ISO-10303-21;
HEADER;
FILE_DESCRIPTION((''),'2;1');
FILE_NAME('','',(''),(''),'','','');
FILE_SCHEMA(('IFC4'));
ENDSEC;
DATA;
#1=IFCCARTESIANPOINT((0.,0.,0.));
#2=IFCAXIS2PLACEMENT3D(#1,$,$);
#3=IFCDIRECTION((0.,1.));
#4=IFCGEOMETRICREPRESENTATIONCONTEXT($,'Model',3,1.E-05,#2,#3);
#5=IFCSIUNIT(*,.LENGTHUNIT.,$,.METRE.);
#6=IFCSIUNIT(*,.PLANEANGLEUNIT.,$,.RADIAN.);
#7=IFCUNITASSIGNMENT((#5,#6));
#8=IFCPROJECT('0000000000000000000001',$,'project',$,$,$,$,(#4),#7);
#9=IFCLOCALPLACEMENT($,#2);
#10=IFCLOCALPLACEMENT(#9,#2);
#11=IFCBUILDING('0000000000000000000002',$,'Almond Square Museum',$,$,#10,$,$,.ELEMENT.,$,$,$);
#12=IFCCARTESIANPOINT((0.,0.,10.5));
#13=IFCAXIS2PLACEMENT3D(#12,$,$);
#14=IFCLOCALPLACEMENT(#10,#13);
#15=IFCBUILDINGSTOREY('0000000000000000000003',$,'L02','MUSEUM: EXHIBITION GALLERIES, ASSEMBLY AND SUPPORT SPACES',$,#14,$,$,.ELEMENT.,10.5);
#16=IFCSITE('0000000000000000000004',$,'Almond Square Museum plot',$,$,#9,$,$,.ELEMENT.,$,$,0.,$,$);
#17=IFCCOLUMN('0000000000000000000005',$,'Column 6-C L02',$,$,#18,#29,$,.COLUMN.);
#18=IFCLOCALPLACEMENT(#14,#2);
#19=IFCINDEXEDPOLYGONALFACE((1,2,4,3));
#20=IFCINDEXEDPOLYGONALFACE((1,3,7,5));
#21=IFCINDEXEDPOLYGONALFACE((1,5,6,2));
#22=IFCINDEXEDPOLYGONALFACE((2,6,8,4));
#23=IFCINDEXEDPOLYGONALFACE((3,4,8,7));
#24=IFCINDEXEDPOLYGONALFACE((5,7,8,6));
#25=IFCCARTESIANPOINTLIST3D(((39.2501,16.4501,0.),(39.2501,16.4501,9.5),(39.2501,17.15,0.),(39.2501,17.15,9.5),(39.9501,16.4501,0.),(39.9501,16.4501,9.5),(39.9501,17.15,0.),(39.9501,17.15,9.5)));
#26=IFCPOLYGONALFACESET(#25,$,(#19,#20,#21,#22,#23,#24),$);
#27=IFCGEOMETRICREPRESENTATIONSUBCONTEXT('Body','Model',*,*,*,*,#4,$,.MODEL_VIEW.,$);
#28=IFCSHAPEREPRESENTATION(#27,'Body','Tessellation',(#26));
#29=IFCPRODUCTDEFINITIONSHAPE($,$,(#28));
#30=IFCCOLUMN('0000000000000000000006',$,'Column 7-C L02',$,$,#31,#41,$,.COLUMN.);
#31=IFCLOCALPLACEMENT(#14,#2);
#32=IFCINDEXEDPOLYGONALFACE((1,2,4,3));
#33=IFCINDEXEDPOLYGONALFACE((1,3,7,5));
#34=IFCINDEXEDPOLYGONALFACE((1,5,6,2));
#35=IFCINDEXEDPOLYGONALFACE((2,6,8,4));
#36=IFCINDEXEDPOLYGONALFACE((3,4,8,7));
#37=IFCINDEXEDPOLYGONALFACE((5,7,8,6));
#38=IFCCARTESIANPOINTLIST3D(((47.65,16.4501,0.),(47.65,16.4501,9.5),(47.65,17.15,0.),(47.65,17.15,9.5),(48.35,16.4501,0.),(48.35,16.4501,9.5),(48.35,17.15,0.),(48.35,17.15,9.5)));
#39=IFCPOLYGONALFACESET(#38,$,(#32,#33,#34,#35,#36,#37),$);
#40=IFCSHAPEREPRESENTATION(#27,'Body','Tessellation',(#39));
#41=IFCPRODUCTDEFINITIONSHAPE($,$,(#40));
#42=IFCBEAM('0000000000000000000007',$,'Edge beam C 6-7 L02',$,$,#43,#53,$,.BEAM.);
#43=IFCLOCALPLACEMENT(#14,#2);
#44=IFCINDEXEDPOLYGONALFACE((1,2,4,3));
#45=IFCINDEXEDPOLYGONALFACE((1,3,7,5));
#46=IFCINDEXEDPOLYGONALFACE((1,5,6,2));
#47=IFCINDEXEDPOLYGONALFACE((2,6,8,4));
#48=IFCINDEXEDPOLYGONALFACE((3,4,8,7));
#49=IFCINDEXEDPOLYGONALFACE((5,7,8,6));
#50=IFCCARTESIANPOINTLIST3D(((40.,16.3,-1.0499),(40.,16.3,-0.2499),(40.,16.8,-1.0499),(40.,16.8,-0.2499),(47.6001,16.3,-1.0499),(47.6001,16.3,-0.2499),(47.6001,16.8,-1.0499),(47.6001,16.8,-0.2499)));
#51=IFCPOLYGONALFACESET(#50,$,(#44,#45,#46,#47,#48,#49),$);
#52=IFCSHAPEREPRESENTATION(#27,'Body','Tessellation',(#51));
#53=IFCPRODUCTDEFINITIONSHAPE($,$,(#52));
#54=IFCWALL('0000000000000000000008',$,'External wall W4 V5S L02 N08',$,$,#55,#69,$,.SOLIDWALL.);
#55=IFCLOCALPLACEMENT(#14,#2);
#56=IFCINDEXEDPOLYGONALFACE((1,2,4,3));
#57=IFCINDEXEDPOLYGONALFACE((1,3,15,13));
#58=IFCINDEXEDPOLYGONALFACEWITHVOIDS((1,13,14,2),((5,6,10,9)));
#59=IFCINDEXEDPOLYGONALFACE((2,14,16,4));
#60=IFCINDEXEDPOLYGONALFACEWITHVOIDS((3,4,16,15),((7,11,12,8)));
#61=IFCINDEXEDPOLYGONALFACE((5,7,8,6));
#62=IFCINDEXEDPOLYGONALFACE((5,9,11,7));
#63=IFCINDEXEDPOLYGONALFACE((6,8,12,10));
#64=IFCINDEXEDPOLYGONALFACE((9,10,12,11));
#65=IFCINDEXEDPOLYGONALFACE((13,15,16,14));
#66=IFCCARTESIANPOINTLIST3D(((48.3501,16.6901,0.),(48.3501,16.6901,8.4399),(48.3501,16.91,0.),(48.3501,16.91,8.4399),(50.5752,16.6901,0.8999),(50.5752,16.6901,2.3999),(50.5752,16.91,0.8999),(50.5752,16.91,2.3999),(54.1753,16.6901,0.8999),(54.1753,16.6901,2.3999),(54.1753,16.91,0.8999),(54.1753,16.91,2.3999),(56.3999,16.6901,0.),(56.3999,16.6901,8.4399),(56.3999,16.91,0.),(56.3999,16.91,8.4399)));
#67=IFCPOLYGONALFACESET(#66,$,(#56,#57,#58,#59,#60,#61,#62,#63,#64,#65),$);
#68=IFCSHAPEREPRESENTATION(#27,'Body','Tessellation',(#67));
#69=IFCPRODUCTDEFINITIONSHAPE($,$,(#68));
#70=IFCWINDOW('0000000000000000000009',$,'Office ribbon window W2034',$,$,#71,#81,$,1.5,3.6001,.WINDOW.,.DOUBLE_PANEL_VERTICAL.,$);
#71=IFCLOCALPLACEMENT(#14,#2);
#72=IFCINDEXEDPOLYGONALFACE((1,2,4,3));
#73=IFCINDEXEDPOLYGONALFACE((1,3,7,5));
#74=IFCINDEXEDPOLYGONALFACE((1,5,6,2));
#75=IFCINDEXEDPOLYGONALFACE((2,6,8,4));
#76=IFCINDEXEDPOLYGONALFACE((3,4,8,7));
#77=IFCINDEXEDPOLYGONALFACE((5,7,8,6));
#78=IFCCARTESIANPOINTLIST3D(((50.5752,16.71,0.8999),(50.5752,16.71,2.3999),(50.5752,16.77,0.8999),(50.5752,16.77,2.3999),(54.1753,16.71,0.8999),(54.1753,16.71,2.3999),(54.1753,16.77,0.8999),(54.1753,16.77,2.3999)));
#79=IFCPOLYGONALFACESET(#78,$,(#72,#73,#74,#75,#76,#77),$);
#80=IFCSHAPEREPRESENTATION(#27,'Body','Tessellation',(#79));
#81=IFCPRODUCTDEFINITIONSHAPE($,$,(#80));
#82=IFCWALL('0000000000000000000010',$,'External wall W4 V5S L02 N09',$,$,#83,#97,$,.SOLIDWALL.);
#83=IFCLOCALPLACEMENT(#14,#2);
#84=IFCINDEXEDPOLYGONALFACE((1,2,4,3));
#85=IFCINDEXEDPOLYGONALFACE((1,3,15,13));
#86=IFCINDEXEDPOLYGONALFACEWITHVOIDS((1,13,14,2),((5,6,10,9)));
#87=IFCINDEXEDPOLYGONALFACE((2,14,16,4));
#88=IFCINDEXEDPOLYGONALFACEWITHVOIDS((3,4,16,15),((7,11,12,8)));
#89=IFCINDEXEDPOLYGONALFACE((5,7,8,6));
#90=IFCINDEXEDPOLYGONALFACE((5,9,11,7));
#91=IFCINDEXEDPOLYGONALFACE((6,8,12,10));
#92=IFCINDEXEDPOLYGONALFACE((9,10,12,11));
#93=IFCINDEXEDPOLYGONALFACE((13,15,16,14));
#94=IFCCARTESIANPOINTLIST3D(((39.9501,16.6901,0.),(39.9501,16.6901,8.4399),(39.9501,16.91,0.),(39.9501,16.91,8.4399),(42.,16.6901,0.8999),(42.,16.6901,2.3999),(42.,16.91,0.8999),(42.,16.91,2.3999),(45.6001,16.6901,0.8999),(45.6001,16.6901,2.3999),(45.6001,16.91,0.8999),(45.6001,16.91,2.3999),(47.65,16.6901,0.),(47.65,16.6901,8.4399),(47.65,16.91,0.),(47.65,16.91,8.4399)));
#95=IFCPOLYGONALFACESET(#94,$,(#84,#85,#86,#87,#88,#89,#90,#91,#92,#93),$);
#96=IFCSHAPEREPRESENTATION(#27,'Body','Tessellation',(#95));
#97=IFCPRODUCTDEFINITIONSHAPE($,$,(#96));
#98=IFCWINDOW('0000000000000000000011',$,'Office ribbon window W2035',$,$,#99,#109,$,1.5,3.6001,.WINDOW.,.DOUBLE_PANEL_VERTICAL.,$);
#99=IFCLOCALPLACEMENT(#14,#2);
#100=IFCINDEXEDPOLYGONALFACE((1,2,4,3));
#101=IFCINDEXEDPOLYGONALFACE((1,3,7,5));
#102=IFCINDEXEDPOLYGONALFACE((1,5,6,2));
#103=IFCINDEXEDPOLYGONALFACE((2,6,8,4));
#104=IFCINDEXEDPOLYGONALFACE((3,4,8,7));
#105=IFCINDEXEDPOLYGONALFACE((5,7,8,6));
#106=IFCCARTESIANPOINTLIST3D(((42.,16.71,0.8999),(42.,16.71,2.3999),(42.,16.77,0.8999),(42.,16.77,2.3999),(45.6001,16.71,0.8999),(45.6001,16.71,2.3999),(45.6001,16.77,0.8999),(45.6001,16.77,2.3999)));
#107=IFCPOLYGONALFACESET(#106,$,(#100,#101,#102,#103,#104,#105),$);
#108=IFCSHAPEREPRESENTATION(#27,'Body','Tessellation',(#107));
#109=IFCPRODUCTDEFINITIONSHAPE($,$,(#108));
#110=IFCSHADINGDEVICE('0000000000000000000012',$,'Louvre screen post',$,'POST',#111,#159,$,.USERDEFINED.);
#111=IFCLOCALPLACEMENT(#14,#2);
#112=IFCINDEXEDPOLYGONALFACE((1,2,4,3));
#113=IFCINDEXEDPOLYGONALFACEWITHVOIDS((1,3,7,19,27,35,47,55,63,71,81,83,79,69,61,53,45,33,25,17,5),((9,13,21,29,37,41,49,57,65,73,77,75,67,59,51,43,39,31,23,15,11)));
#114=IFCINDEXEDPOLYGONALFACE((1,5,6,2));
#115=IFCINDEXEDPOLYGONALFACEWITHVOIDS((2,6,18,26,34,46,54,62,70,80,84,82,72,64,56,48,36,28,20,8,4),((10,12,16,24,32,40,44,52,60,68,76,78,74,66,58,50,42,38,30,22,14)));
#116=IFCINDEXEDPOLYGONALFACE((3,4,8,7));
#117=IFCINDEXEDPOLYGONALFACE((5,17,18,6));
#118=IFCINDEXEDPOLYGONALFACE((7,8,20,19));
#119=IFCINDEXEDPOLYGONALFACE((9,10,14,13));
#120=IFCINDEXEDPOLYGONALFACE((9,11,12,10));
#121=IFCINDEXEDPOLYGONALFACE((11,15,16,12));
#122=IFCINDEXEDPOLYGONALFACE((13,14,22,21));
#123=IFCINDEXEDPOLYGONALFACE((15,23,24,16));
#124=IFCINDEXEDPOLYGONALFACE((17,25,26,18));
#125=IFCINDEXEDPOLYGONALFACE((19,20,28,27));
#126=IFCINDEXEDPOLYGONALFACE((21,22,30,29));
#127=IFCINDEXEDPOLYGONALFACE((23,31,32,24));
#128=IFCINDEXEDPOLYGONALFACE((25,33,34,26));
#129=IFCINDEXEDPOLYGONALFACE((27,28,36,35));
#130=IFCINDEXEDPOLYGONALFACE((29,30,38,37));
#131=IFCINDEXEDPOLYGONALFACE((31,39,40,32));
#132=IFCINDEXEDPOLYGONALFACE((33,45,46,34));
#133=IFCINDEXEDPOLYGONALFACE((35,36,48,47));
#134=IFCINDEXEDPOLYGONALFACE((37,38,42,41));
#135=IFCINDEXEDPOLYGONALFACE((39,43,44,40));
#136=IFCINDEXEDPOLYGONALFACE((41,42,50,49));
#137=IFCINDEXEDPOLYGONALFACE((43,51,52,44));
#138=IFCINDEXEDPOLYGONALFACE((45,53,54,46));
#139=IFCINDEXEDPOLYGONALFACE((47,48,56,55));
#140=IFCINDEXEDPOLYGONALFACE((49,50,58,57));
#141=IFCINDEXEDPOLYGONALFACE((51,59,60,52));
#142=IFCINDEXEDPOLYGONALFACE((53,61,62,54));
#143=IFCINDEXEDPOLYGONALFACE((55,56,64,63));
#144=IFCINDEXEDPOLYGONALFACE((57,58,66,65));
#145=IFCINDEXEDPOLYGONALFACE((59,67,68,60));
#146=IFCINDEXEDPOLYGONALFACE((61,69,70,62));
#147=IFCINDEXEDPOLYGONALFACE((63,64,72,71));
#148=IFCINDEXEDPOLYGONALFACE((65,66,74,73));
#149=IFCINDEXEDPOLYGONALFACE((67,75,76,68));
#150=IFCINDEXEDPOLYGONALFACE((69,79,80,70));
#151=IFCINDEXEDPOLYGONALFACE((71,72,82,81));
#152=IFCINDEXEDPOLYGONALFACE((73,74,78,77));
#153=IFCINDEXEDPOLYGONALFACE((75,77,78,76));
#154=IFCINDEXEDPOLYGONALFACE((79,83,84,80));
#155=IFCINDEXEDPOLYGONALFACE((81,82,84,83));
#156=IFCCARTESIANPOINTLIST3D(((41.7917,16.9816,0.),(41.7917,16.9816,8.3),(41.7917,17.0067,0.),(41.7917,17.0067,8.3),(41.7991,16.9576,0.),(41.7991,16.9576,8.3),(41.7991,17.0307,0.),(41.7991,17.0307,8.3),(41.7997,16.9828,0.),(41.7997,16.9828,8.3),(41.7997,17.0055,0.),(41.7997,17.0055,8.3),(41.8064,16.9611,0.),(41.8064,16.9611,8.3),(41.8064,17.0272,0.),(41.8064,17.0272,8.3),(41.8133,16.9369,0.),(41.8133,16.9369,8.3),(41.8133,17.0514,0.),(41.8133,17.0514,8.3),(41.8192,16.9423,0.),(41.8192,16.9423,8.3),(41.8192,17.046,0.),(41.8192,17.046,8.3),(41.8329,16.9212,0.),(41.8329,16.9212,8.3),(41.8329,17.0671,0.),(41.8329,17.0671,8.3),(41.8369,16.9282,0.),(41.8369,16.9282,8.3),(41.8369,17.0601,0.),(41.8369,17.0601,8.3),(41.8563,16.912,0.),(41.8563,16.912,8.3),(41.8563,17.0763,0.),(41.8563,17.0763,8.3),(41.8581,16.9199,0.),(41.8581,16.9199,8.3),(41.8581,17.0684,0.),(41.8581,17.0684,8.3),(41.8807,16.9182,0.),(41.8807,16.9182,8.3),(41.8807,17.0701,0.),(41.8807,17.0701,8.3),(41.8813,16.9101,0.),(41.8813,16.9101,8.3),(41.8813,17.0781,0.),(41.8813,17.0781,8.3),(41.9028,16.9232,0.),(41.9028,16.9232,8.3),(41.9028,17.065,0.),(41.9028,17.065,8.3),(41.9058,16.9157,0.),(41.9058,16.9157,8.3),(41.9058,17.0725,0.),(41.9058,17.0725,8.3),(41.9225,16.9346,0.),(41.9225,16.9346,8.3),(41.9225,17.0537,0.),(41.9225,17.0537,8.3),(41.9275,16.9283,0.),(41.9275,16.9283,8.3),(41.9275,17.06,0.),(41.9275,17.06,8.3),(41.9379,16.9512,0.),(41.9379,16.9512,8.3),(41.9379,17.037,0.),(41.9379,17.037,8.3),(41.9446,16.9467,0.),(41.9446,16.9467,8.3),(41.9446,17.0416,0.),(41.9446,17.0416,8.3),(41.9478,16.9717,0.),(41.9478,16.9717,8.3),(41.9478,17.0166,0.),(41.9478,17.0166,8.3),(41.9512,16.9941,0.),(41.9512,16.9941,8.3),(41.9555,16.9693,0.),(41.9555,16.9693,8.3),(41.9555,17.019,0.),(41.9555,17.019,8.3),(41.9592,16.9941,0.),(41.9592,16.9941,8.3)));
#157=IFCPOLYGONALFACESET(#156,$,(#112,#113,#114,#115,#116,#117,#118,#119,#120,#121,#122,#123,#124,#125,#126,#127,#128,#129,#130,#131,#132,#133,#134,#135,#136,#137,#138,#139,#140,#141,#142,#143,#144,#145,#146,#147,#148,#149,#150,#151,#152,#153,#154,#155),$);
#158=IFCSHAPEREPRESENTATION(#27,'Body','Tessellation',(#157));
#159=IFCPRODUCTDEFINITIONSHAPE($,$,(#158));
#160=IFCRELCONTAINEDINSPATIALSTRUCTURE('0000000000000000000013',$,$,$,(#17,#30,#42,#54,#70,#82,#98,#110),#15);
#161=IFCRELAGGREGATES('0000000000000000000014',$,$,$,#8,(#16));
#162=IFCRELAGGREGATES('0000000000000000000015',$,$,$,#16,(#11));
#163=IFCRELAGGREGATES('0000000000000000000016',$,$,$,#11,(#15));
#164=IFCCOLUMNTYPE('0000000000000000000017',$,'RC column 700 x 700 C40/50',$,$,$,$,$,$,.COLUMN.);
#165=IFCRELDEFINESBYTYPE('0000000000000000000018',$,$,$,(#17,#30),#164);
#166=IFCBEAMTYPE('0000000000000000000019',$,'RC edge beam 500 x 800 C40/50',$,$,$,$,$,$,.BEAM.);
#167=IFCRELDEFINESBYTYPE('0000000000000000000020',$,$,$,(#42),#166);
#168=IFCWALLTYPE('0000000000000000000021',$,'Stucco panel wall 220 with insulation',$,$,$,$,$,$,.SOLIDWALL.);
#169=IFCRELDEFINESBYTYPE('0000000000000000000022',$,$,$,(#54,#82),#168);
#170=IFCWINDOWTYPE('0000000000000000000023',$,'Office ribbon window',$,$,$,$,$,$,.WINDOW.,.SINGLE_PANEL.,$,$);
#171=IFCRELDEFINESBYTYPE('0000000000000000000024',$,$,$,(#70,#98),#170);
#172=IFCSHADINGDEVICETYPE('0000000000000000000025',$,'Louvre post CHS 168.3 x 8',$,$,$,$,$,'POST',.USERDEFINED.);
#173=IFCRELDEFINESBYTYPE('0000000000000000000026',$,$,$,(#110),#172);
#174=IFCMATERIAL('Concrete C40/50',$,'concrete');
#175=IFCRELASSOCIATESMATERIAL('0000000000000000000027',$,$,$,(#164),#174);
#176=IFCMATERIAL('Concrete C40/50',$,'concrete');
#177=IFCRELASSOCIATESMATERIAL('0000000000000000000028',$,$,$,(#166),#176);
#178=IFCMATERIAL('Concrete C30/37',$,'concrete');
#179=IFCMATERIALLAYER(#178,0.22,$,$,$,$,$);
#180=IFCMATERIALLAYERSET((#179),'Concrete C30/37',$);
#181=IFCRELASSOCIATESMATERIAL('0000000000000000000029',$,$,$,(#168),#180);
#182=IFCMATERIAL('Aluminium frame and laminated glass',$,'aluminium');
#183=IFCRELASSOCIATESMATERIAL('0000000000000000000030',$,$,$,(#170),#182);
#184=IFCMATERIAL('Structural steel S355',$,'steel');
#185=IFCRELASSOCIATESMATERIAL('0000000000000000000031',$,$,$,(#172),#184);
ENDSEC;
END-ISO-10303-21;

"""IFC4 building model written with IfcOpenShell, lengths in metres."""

from ifc_helpers import new_model, si_unit, direction, frame, frame_2d, origin, origin_2d, place, context, subcontext, project, spatial, rectangle, hollow_circle, extrude, material, layer, layer_set, material_profile, profile_set, type_object, element, fill, save


model = new_model("IFC4")

# Units and contexts
model_context = context("Model", 3, precision=1e-05, world=origin(), true_north=direction((0.0, 1.0)))
body_context = subcontext(model_context, "Body", "Model", "MODEL_VIEW")
ifc_project = project(units=[si_unit("LENGTHUNIT", "METRE"), si_unit("PLANEANGLEUNIT", "RADIAN")], contexts=[model_context])

# Site, building, storey
site_placement = place(None, origin())
site = spatial("IfcSite", under=ifc_project, at=site_placement, Name="Almond Square Museum plot", CompositionType="ELEMENT", RefElevation=0.0)
building_placement = place(site_placement, origin())
building = spatial("IfcBuilding", under=site, at=building_placement, Name="Almond Square Museum", CompositionType="ELEMENT")
storey_placement = place(building_placement, frame((0.0, 0.0, 10.5)))
storey = spatial("IfcBuildingStorey", under=building, at=storey_placement, Name="L02", Description="MUSEUM: EXHIBITION GALLERIES, ASSEMBLY AND SUPPORT SPACES", CompositionType="ELEMENT", Elevation=10.5)

# Columns
ifc_material_1 = material(Name="Concrete C40/50", Category="concrete")
ifc_material_profile_1 = material_profile(ifc_material_1, rectangle(XDim=0.7, YDim=0.7, at=origin_2d()))
ifc_profile_set_1 = profile_set([ifc_material_profile_1], Name="Concrete C40/50")
column_type = type_object("IfcColumnType", Name="RC column 700 x 700 C40/50", PredefinedType="COLUMN", material=ifc_profile_set_1)
for number, where, z_axis, x_axis, name in (
    (1, (39.6001, 16.8, 0.0), (0.0, 0.0, 1.0), (1.0, 0.0, 0.0), "Column 6-C L02"),
    (2, (48.0, 16.8, 0.0), (0.0, 0.0, 1.0), (1.0, 0.0, 0.0), "Column 7-C L02"),
):
    element("IfcColumn", number, at=place(storey_placement, frame(where, z_axis=z_axis, x_axis=x_axis)), inside=storey, type_object=column_type, Name=name, PredefinedType="COLUMN", context=body_context, shape_type="SweptSolid", body=[
        extrude(rectangle(XDim=0.7, YDim=0.7, at=origin_2d()), origin(), (0.0, 0.0, 1.0), 9.5),
    ])

# Beam
ifc_material_2 = material(Name="Concrete C40/50", Category="concrete")
ifc_material_profile_2 = material_profile(ifc_material_2, rectangle(XDim=0.5, YDim=0.8, at=origin_2d()))
ifc_profile_set_2 = profile_set([ifc_material_profile_2], Name="Concrete C40/50")
beam_type = type_object("IfcBeamType", Name="RC edge beam 500 x 800 C40/50", PredefinedType="BEAM", material=ifc_profile_set_2)
beam_placement = place(storey_placement, frame((40.0, 16.55, -0.6499), z_axis=(1.0, 0.0, 0.0), x_axis=(0.0, 1.0, 0.0)))
element("IfcBeam", 3, at=beam_placement, inside=storey, type_object=beam_type, Name="Edge beam C 6-7 L02", PredefinedType="BEAM", context=body_context, shape_type="SweptSolid", body=[
    extrude(rectangle(XDim=0.5, YDim=0.8, at=origin_2d()), origin(), (0.0, 0.0, 1.0), 7.6001),
])

# Walls, openings, windows
ifc_material_3 = material(Name="Concrete C30/37", Category="concrete")
ifc_layer = layer(ifc_material_3, 0.22)
ifc_layer_set = layer_set([ifc_layer], Name="Concrete C30/37")
wall_type = type_object("IfcWallType", Name="Stucco panel wall 220 with insulation", PredefinedType="SOLIDWALL", material=ifc_layer_set)
wall_1_placement = place(storey_placement, frame((48.3501, 16.8, 0.0), z_axis=(0.0, 0.0, 1.0), x_axis=(1.0, 0.0, 0.0)))
wall_1 = element("IfcWall", 4, at=wall_1_placement, inside=storey, type_object=wall_type, Name="External wall W4 V5S L02 N08", PredefinedType="SOLIDWALL", context=body_context, shape_type="SweptSolid", body=[
    extrude(rectangle(XDim=8.0498, YDim=0.22, at=frame_2d((4.0249, 0.0))), origin(), (0.0, 0.0, 1.0), 8.4399),
])
opening_1_placement = place(wall_1_placement, frame((2.2251, 0.0, 0.8999)))
opening_1 = element("IfcOpeningElement", 5, at=opening_1_placement, cuts=wall_1, PredefinedType="OPENING", context=body_context, shape_type="SweptSolid", body=[
    extrude(rectangle(XDim=3.6001, YDim=1.5, at=frame_2d((1.8, 0.75))), frame((0.0, 0.1199, 0.0), z_axis=(0.0, -1.0, 0.0), x_axis=(1.0, 0.0, 0.0)), (0.0, 0.0, 1.0), 0.24),
])
ifc_material_4 = material(Name="Aluminium frame and laminated glass", Category="aluminium")
window_type = type_object("IfcWindowType", Name="Office ribbon window", PartitioningType="SINGLE_PANEL", PredefinedType="WINDOW", material=ifc_material_4)
window_1_placement = place(opening_1_placement, origin())
window_1 = element("IfcWindow", 6, at=window_1_placement, inside=storey, type_object=window_type, Name="Office ribbon window W2034", OverallHeight=1.5, OverallWidth=3.6001, PartitioningType="DOUBLE_PANEL_VERTICAL", PredefinedType="WINDOW", context=body_context, shape_type="SweptSolid", body=[
    extrude(rectangle(XDim=3.6001, YDim=1.5, at=frame_2d((1.8, 0.75))), frame((0.0, -0.03, 0.0), z_axis=(0.0, -1.0, 0.0), x_axis=(1.0, 0.0, 0.0)), (0.0, 0.0, 1.0), 0.0601),
])
fill(opening_1, window_1)
wall_2_placement = place(storey_placement, frame((39.95, 16.8, 0.0), z_axis=(0.0, 0.0, 1.0), x_axis=(1.0, 0.0, 0.0)))
wall_2 = element("IfcWall", 7, at=wall_2_placement, inside=storey, type_object=wall_type, Name="External wall W4 V5S L02 N09", PredefinedType="SOLIDWALL", context=body_context, shape_type="SweptSolid", body=[
    extrude(rectangle(XDim=7.7, YDim=0.22, at=frame_2d((3.8501, 0.0))), origin(), (0.0, 0.0, 1.0), 8.4399),
])
opening_2_placement = place(wall_2_placement, frame((2.05, 0.0, 0.8999)))
opening_2 = element("IfcOpeningElement", 8, at=opening_2_placement, cuts=wall_2, PredefinedType="OPENING", context=body_context, shape_type="SweptSolid", body=[
    extrude(rectangle(XDim=3.6001, YDim=1.5, at=frame_2d((1.8, 0.75))), frame((0.0, 0.1199, 0.0), z_axis=(0.0, -1.0, 0.0), x_axis=(1.0, 0.0, 0.0)), (0.0, 0.0, 1.0), 0.24),
])
window_2_placement = place(opening_2_placement, origin())
window_2 = element("IfcWindow", 9, at=window_2_placement, inside=storey, type_object=window_type, Name="Office ribbon window W2035", OverallHeight=1.5, OverallWidth=3.6001, PartitioningType="DOUBLE_PANEL_VERTICAL", PredefinedType="WINDOW", context=body_context, shape_type="SweptSolid", body=[
    extrude(rectangle(XDim=3.6001, YDim=1.5, at=frame_2d((1.8, 0.75))), frame((0.0, -0.03, 0.0), z_axis=(0.0, -1.0, 0.0), x_axis=(1.0, 0.0, 0.0)), (0.0, 0.0, 1.0), 0.0601),
])
fill(opening_2, window_2)

# Shading device
ifc_material_5 = material(Name="Structural steel S355", Category="steel")
ifc_material_profile_3 = material_profile(ifc_material_5, hollow_circle(Radius=0.0842, WallThickness=0.0081, at=origin_2d()))
ifc_profile_set_3 = profile_set([ifc_material_profile_3], Name="Structural steel S355")
shading_device_type = type_object("IfcShadingDeviceType", Name="Louvre post CHS 168.3 x 8", ElementType="POST", PredefinedType="USERDEFINED", material=ifc_profile_set_3)
for number, where, z_axis, x_axis, name in (
    (10, (41.875, 16.9941, 0.0), (0.0, 0.0, 1.0), (1.0, 0.0, 0.0), "Louvre screen post"),
):
    element("IfcShadingDevice", number, at=place(storey_placement, frame(where, z_axis=z_axis, x_axis=x_axis)), inside=storey, type_object=shading_device_type, Name=name, ObjectType="POST", PredefinedType="USERDEFINED", context=body_context, shape_type="SweptSolid", body=[
        extrude(hollow_circle(Radius=0.0842, WallThickness=0.0081, at=origin_2d()), origin(), (0.0, 0.0, 1.0), 8.3),
    ])

save(model, "model.ifc")
